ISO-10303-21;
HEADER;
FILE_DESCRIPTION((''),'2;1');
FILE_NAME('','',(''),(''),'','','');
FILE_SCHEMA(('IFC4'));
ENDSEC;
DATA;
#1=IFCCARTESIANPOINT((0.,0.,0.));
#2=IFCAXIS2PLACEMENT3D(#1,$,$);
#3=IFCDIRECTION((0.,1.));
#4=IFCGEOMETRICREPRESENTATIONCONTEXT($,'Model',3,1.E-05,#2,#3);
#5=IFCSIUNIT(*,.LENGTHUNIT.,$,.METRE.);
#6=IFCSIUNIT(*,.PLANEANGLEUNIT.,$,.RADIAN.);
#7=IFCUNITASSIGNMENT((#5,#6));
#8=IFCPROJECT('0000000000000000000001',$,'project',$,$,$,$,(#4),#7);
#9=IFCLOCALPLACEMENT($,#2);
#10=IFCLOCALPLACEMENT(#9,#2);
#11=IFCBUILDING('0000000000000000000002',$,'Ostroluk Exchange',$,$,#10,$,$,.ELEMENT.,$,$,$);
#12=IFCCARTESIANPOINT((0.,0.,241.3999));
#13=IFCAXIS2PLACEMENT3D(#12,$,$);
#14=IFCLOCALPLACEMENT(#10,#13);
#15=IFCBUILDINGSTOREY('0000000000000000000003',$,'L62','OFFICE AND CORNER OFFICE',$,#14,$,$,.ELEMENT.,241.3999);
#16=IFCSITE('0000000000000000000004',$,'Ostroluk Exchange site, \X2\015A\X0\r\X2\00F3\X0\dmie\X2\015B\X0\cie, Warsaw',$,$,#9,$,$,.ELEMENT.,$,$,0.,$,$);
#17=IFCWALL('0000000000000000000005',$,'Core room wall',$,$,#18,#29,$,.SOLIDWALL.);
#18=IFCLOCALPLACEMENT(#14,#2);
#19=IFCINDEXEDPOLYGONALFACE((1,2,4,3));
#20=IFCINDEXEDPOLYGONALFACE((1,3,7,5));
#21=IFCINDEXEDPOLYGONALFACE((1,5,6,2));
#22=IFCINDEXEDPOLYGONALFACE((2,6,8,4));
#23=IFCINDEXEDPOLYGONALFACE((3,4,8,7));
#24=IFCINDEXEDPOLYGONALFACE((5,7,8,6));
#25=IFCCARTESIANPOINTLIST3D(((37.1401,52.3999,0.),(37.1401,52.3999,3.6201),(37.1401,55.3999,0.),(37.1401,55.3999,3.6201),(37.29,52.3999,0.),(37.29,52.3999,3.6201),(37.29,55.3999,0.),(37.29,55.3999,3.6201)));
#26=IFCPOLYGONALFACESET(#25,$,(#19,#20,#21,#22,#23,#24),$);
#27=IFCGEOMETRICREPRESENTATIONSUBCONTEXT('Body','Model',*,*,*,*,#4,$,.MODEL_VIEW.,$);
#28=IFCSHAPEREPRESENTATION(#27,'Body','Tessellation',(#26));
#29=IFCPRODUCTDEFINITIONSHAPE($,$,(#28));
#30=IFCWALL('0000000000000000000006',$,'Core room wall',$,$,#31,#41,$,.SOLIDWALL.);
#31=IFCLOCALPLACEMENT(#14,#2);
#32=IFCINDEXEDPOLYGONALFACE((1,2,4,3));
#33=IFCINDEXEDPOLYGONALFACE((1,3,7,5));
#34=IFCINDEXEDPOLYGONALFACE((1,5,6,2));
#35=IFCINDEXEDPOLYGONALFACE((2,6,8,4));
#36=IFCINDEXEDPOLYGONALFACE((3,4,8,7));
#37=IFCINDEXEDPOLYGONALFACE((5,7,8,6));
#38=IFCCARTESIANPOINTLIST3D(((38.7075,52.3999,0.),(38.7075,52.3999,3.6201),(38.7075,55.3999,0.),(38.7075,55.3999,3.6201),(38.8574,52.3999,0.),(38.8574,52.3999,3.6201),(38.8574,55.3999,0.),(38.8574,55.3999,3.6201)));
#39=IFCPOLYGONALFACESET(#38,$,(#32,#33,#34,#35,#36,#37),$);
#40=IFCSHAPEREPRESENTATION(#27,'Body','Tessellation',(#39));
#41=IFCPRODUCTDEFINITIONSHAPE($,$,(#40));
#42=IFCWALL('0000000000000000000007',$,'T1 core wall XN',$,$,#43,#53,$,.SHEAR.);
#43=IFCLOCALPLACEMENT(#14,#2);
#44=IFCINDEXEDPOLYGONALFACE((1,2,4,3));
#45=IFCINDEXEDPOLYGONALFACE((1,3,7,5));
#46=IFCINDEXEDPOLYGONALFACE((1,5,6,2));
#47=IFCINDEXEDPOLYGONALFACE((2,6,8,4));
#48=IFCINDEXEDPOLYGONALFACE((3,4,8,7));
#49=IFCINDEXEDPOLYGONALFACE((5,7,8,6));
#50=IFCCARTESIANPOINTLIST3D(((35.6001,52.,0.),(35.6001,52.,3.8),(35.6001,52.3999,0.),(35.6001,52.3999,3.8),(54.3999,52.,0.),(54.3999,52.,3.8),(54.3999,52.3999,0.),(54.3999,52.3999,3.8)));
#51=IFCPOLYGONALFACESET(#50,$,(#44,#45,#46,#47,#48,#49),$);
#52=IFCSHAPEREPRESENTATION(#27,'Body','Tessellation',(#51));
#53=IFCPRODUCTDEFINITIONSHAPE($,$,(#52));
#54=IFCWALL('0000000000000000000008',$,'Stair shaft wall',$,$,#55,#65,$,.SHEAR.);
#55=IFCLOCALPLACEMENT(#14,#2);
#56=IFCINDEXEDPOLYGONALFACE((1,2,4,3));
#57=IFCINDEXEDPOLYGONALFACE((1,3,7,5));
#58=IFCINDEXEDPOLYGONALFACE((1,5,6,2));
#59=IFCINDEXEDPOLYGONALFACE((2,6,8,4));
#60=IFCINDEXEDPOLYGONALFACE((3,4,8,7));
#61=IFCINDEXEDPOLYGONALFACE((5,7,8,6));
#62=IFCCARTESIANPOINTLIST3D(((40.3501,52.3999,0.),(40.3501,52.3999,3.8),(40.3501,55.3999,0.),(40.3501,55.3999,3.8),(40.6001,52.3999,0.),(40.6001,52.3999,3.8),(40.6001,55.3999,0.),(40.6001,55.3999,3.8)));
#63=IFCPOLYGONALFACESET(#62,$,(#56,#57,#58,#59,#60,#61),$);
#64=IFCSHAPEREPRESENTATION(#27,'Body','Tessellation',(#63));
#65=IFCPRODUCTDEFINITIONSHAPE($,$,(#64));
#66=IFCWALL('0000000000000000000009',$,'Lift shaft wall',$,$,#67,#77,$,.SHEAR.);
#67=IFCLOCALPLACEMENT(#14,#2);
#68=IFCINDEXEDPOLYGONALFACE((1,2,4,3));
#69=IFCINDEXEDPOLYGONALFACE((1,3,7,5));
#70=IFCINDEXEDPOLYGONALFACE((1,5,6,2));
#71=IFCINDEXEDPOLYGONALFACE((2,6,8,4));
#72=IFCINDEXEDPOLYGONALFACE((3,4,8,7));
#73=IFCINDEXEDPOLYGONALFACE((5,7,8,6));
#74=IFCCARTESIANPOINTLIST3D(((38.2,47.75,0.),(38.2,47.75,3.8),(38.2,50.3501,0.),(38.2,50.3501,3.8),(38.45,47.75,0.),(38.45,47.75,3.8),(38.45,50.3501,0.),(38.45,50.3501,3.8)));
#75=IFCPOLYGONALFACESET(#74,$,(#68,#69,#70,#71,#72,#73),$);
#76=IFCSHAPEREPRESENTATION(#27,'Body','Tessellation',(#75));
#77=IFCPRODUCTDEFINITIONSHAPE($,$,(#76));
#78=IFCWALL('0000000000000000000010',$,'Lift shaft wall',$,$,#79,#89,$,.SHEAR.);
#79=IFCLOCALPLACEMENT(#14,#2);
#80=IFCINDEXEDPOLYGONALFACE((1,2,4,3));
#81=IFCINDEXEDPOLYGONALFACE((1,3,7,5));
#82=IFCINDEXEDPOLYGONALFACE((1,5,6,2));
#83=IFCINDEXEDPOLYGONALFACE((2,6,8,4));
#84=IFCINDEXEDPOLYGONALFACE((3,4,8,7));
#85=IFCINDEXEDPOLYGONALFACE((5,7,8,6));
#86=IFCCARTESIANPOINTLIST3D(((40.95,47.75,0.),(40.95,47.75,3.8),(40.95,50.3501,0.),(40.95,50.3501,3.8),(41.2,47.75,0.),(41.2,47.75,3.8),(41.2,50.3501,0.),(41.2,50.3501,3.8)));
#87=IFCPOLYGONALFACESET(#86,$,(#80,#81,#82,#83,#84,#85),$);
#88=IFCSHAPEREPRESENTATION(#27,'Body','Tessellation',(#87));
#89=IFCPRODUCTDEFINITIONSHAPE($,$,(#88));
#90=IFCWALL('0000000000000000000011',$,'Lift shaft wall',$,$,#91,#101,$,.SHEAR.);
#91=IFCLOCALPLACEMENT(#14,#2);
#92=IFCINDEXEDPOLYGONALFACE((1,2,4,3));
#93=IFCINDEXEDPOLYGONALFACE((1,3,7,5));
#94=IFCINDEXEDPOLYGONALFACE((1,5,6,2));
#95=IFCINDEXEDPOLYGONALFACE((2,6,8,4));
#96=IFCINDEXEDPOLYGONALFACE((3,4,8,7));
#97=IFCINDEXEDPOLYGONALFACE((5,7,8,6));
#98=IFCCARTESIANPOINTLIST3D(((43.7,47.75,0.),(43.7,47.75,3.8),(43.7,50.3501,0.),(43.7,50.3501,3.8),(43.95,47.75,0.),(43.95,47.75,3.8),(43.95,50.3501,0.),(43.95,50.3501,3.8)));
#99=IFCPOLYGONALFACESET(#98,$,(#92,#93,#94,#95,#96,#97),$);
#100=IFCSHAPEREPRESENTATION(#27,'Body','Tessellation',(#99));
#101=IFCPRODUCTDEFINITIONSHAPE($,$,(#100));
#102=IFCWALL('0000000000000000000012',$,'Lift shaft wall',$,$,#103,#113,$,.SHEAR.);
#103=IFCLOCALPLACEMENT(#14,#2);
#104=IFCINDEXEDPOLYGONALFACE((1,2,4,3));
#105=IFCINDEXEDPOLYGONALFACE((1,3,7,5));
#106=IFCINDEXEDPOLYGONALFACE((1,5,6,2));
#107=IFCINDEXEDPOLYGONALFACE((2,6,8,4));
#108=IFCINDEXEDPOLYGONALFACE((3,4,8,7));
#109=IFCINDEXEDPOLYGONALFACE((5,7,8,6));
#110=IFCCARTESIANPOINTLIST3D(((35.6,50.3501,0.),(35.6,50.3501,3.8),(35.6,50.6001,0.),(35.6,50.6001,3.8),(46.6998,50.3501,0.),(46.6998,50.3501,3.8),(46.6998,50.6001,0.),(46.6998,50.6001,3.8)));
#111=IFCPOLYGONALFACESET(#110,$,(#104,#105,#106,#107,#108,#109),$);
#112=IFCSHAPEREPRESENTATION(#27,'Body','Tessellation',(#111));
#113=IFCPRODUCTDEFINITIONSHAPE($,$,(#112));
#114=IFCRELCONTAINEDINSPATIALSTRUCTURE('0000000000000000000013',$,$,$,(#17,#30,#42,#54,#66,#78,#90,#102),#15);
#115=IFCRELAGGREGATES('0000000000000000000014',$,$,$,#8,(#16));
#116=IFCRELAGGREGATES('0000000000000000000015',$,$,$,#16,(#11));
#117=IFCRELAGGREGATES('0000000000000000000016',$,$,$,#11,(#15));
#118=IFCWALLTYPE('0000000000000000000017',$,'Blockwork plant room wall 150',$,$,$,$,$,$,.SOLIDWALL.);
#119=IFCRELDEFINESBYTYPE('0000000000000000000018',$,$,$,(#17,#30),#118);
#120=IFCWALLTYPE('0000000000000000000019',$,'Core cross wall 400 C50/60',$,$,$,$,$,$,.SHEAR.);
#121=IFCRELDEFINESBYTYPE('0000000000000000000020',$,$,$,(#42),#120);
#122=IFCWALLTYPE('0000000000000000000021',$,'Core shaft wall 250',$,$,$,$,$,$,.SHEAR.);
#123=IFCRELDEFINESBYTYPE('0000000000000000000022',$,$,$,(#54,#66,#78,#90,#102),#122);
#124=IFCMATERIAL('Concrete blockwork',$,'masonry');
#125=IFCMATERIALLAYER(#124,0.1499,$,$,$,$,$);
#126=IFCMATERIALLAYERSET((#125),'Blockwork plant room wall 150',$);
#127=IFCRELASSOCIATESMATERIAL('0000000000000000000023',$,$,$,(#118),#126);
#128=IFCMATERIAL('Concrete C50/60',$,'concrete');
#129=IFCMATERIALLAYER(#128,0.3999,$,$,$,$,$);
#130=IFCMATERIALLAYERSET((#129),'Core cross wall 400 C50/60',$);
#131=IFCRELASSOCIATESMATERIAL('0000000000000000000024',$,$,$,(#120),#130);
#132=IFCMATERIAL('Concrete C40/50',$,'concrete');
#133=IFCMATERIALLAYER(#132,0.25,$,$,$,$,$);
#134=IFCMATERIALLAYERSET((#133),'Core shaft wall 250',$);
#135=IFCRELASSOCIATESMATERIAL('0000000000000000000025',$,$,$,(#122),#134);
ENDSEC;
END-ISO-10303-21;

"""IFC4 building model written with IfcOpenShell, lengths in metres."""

from ifc_helpers import new_model, si_unit, direction, frame, frame_2d, origin, place, context, subcontext, project, spatial, rectangle, extrude, material, layer, layer_set, type_object, element, save


model = new_model("IFC4")

# Units and contexts
model_context = context("Model", 3, precision=1e-05, world=origin(), true_north=direction((0.0, 1.0)))
body_context = subcontext(model_context, "Body", "Model", "MODEL_VIEW")
ifc_project = project(units=[si_unit("LENGTHUNIT", "METRE"), si_unit("PLANEANGLEUNIT", "RADIAN")], contexts=[model_context])

# Site, building, storey
site_placement = place(None, origin())
site = spatial("IfcSite", under=ifc_project, at=site_placement, Name="Ostroluk Exchange site, Śródmieście, Warsaw", CompositionType="ELEMENT", RefElevation=0.0)
building_placement = place(site_placement, origin())
building = spatial("IfcBuilding", under=site, at=building_placement, Name="Ostroluk Exchange", CompositionType="ELEMENT")
storey_placement = place(building_placement, frame((0.0, 0.0, 241.3999)))
storey = spatial("IfcBuildingStorey", under=building, at=storey_placement, Name="L62", Description="OFFICE AND CORNER OFFICE", CompositionType="ELEMENT", Elevation=241.3999)

# Walls
ifc_material_1 = material(Name="Concrete blockwork", Category="masonry")
ifc_layer_1 = layer(ifc_material_1, 0.1499)
ifc_layer_set_1 = layer_set([ifc_layer_1], Name="Blockwork plant room wall 150")
wall_type_1 = type_object("IfcWallType", Name="Blockwork plant room wall 150", PredefinedType="SOLIDWALL", material=ifc_layer_set_1)
for number, where, z_axis, x_axis, name in (
    (1, (37.2151, 52.3999, 0.0), (0.0, 0.0, 1.0), (0.0, 1.0, 0.0), "Core room wall"),
    (2, (38.7825, 52.3999, 0.0), (0.0, 0.0, 1.0), (0.0, 1.0, 0.0), "Core room wall"),
):
    element("IfcWall", number, at=place(storey_placement, frame(where, z_axis=z_axis, x_axis=x_axis)), inside=storey, type_object=wall_type_1, Name=name, PredefinedType="SOLIDWALL", context=body_context, shape_type="SweptSolid", body=[
        extrude(rectangle(XDim=3.0, YDim=0.1499, at=frame_2d((1.5, 0.0))), origin(), (0.0, 0.0, 1.0), 3.6201),
    ])
ifc_material_2 = material(Name="Concrete C50/60", Category="concrete")
ifc_layer_2 = layer(ifc_material_2, 0.3999)
ifc_layer_set_2 = layer_set([ifc_layer_2], Name="Core cross wall 400 C50/60")
wall_type_2 = type_object("IfcWallType", Name="Core cross wall 400 C50/60", PredefinedType="SHEAR", material=ifc_layer_set_2)
wall_1_placement = place(storey_placement, frame((35.6001, 52.2, 0.0), z_axis=(0.0, 0.0, 1.0), x_axis=(1.0, 0.0, 0.0)))
element("IfcWall", 3, at=wall_1_placement, inside=storey, type_object=wall_type_2, Name="T1 core wall XN", PredefinedType="SHEAR", context=body_context, shape_type="SweptSolid", body=[
    extrude(rectangle(XDim=18.7998, YDim=0.3999, at=frame_2d((9.3999, 0.0))), origin(), (0.0, 0.0, 1.0), 3.8),
])
ifc_material_3 = material(Name="Concrete C40/50", Category="concrete")
ifc_layer_3 = layer(ifc_material_3, 0.25)
ifc_layer_set_3 = layer_set([ifc_layer_3], Name="Core shaft wall 250")
wall_type_3 = type_object("IfcWallType", Name="Core shaft wall 250", PredefinedType="SHEAR", material=ifc_layer_set_3)
wall_2_placement = place(storey_placement, frame((40.4751, 52.3999, 0.0), z_axis=(0.0, 0.0, 1.0), x_axis=(0.0, 1.0, 0.0)))
element("IfcWall", 4, at=wall_2_placement, inside=storey, type_object=wall_type_3, Name="Stair shaft wall", PredefinedType="SHEAR", context=body_context, shape_type="SweptSolid", body=[
    extrude(rectangle(XDim=3.0, YDim=0.25, at=frame_2d((1.5, 0.0))), origin(), (0.0, 0.0, 1.0), 3.8),
])
for number, where, z_axis, x_axis, name in (
    (5, (38.325, 47.75, 0.0), (0.0, 0.0, 1.0), (0.0, 1.0, 0.0), "Lift shaft wall"),
    (6, (41.075, 47.75, 0.0), (0.0, 0.0, 1.0), (0.0, 1.0, 0.0), "Lift shaft wall"),
    (7, (43.825, 47.75, 0.0), (0.0, 0.0, 1.0), (0.0, 1.0, 0.0), "Lift shaft wall"),
):
    element("IfcWall", number, at=place(storey_placement, frame(where, z_axis=z_axis, x_axis=x_axis)), inside=storey, type_object=wall_type_3, Name=name, PredefinedType="SHEAR", context=body_context, shape_type="SweptSolid", body=[
        extrude(rectangle(XDim=2.6001, YDim=0.25, at=frame_2d((1.3, 0.0))), origin(), (0.0, 0.0, 1.0), 3.8),
    ])
wall_3_placement = place(storey_placement, frame((35.6001, 50.4751, 0.0), z_axis=(0.0, 0.0, 1.0), x_axis=(1.0, 0.0, 0.0)))
element("IfcWall", 8, at=wall_3_placement, inside=storey, type_object=wall_type_3, Name="Lift shaft wall", PredefinedType="SHEAR", context=body_context, shape_type="SweptSolid", body=[
    extrude(rectangle(XDim=11.0999, YDim=0.25, at=frame_2d((5.5498, 0.0))), origin(), (0.0, 0.0, 1.0), 3.8),
])

save(model, "model.ifc")
